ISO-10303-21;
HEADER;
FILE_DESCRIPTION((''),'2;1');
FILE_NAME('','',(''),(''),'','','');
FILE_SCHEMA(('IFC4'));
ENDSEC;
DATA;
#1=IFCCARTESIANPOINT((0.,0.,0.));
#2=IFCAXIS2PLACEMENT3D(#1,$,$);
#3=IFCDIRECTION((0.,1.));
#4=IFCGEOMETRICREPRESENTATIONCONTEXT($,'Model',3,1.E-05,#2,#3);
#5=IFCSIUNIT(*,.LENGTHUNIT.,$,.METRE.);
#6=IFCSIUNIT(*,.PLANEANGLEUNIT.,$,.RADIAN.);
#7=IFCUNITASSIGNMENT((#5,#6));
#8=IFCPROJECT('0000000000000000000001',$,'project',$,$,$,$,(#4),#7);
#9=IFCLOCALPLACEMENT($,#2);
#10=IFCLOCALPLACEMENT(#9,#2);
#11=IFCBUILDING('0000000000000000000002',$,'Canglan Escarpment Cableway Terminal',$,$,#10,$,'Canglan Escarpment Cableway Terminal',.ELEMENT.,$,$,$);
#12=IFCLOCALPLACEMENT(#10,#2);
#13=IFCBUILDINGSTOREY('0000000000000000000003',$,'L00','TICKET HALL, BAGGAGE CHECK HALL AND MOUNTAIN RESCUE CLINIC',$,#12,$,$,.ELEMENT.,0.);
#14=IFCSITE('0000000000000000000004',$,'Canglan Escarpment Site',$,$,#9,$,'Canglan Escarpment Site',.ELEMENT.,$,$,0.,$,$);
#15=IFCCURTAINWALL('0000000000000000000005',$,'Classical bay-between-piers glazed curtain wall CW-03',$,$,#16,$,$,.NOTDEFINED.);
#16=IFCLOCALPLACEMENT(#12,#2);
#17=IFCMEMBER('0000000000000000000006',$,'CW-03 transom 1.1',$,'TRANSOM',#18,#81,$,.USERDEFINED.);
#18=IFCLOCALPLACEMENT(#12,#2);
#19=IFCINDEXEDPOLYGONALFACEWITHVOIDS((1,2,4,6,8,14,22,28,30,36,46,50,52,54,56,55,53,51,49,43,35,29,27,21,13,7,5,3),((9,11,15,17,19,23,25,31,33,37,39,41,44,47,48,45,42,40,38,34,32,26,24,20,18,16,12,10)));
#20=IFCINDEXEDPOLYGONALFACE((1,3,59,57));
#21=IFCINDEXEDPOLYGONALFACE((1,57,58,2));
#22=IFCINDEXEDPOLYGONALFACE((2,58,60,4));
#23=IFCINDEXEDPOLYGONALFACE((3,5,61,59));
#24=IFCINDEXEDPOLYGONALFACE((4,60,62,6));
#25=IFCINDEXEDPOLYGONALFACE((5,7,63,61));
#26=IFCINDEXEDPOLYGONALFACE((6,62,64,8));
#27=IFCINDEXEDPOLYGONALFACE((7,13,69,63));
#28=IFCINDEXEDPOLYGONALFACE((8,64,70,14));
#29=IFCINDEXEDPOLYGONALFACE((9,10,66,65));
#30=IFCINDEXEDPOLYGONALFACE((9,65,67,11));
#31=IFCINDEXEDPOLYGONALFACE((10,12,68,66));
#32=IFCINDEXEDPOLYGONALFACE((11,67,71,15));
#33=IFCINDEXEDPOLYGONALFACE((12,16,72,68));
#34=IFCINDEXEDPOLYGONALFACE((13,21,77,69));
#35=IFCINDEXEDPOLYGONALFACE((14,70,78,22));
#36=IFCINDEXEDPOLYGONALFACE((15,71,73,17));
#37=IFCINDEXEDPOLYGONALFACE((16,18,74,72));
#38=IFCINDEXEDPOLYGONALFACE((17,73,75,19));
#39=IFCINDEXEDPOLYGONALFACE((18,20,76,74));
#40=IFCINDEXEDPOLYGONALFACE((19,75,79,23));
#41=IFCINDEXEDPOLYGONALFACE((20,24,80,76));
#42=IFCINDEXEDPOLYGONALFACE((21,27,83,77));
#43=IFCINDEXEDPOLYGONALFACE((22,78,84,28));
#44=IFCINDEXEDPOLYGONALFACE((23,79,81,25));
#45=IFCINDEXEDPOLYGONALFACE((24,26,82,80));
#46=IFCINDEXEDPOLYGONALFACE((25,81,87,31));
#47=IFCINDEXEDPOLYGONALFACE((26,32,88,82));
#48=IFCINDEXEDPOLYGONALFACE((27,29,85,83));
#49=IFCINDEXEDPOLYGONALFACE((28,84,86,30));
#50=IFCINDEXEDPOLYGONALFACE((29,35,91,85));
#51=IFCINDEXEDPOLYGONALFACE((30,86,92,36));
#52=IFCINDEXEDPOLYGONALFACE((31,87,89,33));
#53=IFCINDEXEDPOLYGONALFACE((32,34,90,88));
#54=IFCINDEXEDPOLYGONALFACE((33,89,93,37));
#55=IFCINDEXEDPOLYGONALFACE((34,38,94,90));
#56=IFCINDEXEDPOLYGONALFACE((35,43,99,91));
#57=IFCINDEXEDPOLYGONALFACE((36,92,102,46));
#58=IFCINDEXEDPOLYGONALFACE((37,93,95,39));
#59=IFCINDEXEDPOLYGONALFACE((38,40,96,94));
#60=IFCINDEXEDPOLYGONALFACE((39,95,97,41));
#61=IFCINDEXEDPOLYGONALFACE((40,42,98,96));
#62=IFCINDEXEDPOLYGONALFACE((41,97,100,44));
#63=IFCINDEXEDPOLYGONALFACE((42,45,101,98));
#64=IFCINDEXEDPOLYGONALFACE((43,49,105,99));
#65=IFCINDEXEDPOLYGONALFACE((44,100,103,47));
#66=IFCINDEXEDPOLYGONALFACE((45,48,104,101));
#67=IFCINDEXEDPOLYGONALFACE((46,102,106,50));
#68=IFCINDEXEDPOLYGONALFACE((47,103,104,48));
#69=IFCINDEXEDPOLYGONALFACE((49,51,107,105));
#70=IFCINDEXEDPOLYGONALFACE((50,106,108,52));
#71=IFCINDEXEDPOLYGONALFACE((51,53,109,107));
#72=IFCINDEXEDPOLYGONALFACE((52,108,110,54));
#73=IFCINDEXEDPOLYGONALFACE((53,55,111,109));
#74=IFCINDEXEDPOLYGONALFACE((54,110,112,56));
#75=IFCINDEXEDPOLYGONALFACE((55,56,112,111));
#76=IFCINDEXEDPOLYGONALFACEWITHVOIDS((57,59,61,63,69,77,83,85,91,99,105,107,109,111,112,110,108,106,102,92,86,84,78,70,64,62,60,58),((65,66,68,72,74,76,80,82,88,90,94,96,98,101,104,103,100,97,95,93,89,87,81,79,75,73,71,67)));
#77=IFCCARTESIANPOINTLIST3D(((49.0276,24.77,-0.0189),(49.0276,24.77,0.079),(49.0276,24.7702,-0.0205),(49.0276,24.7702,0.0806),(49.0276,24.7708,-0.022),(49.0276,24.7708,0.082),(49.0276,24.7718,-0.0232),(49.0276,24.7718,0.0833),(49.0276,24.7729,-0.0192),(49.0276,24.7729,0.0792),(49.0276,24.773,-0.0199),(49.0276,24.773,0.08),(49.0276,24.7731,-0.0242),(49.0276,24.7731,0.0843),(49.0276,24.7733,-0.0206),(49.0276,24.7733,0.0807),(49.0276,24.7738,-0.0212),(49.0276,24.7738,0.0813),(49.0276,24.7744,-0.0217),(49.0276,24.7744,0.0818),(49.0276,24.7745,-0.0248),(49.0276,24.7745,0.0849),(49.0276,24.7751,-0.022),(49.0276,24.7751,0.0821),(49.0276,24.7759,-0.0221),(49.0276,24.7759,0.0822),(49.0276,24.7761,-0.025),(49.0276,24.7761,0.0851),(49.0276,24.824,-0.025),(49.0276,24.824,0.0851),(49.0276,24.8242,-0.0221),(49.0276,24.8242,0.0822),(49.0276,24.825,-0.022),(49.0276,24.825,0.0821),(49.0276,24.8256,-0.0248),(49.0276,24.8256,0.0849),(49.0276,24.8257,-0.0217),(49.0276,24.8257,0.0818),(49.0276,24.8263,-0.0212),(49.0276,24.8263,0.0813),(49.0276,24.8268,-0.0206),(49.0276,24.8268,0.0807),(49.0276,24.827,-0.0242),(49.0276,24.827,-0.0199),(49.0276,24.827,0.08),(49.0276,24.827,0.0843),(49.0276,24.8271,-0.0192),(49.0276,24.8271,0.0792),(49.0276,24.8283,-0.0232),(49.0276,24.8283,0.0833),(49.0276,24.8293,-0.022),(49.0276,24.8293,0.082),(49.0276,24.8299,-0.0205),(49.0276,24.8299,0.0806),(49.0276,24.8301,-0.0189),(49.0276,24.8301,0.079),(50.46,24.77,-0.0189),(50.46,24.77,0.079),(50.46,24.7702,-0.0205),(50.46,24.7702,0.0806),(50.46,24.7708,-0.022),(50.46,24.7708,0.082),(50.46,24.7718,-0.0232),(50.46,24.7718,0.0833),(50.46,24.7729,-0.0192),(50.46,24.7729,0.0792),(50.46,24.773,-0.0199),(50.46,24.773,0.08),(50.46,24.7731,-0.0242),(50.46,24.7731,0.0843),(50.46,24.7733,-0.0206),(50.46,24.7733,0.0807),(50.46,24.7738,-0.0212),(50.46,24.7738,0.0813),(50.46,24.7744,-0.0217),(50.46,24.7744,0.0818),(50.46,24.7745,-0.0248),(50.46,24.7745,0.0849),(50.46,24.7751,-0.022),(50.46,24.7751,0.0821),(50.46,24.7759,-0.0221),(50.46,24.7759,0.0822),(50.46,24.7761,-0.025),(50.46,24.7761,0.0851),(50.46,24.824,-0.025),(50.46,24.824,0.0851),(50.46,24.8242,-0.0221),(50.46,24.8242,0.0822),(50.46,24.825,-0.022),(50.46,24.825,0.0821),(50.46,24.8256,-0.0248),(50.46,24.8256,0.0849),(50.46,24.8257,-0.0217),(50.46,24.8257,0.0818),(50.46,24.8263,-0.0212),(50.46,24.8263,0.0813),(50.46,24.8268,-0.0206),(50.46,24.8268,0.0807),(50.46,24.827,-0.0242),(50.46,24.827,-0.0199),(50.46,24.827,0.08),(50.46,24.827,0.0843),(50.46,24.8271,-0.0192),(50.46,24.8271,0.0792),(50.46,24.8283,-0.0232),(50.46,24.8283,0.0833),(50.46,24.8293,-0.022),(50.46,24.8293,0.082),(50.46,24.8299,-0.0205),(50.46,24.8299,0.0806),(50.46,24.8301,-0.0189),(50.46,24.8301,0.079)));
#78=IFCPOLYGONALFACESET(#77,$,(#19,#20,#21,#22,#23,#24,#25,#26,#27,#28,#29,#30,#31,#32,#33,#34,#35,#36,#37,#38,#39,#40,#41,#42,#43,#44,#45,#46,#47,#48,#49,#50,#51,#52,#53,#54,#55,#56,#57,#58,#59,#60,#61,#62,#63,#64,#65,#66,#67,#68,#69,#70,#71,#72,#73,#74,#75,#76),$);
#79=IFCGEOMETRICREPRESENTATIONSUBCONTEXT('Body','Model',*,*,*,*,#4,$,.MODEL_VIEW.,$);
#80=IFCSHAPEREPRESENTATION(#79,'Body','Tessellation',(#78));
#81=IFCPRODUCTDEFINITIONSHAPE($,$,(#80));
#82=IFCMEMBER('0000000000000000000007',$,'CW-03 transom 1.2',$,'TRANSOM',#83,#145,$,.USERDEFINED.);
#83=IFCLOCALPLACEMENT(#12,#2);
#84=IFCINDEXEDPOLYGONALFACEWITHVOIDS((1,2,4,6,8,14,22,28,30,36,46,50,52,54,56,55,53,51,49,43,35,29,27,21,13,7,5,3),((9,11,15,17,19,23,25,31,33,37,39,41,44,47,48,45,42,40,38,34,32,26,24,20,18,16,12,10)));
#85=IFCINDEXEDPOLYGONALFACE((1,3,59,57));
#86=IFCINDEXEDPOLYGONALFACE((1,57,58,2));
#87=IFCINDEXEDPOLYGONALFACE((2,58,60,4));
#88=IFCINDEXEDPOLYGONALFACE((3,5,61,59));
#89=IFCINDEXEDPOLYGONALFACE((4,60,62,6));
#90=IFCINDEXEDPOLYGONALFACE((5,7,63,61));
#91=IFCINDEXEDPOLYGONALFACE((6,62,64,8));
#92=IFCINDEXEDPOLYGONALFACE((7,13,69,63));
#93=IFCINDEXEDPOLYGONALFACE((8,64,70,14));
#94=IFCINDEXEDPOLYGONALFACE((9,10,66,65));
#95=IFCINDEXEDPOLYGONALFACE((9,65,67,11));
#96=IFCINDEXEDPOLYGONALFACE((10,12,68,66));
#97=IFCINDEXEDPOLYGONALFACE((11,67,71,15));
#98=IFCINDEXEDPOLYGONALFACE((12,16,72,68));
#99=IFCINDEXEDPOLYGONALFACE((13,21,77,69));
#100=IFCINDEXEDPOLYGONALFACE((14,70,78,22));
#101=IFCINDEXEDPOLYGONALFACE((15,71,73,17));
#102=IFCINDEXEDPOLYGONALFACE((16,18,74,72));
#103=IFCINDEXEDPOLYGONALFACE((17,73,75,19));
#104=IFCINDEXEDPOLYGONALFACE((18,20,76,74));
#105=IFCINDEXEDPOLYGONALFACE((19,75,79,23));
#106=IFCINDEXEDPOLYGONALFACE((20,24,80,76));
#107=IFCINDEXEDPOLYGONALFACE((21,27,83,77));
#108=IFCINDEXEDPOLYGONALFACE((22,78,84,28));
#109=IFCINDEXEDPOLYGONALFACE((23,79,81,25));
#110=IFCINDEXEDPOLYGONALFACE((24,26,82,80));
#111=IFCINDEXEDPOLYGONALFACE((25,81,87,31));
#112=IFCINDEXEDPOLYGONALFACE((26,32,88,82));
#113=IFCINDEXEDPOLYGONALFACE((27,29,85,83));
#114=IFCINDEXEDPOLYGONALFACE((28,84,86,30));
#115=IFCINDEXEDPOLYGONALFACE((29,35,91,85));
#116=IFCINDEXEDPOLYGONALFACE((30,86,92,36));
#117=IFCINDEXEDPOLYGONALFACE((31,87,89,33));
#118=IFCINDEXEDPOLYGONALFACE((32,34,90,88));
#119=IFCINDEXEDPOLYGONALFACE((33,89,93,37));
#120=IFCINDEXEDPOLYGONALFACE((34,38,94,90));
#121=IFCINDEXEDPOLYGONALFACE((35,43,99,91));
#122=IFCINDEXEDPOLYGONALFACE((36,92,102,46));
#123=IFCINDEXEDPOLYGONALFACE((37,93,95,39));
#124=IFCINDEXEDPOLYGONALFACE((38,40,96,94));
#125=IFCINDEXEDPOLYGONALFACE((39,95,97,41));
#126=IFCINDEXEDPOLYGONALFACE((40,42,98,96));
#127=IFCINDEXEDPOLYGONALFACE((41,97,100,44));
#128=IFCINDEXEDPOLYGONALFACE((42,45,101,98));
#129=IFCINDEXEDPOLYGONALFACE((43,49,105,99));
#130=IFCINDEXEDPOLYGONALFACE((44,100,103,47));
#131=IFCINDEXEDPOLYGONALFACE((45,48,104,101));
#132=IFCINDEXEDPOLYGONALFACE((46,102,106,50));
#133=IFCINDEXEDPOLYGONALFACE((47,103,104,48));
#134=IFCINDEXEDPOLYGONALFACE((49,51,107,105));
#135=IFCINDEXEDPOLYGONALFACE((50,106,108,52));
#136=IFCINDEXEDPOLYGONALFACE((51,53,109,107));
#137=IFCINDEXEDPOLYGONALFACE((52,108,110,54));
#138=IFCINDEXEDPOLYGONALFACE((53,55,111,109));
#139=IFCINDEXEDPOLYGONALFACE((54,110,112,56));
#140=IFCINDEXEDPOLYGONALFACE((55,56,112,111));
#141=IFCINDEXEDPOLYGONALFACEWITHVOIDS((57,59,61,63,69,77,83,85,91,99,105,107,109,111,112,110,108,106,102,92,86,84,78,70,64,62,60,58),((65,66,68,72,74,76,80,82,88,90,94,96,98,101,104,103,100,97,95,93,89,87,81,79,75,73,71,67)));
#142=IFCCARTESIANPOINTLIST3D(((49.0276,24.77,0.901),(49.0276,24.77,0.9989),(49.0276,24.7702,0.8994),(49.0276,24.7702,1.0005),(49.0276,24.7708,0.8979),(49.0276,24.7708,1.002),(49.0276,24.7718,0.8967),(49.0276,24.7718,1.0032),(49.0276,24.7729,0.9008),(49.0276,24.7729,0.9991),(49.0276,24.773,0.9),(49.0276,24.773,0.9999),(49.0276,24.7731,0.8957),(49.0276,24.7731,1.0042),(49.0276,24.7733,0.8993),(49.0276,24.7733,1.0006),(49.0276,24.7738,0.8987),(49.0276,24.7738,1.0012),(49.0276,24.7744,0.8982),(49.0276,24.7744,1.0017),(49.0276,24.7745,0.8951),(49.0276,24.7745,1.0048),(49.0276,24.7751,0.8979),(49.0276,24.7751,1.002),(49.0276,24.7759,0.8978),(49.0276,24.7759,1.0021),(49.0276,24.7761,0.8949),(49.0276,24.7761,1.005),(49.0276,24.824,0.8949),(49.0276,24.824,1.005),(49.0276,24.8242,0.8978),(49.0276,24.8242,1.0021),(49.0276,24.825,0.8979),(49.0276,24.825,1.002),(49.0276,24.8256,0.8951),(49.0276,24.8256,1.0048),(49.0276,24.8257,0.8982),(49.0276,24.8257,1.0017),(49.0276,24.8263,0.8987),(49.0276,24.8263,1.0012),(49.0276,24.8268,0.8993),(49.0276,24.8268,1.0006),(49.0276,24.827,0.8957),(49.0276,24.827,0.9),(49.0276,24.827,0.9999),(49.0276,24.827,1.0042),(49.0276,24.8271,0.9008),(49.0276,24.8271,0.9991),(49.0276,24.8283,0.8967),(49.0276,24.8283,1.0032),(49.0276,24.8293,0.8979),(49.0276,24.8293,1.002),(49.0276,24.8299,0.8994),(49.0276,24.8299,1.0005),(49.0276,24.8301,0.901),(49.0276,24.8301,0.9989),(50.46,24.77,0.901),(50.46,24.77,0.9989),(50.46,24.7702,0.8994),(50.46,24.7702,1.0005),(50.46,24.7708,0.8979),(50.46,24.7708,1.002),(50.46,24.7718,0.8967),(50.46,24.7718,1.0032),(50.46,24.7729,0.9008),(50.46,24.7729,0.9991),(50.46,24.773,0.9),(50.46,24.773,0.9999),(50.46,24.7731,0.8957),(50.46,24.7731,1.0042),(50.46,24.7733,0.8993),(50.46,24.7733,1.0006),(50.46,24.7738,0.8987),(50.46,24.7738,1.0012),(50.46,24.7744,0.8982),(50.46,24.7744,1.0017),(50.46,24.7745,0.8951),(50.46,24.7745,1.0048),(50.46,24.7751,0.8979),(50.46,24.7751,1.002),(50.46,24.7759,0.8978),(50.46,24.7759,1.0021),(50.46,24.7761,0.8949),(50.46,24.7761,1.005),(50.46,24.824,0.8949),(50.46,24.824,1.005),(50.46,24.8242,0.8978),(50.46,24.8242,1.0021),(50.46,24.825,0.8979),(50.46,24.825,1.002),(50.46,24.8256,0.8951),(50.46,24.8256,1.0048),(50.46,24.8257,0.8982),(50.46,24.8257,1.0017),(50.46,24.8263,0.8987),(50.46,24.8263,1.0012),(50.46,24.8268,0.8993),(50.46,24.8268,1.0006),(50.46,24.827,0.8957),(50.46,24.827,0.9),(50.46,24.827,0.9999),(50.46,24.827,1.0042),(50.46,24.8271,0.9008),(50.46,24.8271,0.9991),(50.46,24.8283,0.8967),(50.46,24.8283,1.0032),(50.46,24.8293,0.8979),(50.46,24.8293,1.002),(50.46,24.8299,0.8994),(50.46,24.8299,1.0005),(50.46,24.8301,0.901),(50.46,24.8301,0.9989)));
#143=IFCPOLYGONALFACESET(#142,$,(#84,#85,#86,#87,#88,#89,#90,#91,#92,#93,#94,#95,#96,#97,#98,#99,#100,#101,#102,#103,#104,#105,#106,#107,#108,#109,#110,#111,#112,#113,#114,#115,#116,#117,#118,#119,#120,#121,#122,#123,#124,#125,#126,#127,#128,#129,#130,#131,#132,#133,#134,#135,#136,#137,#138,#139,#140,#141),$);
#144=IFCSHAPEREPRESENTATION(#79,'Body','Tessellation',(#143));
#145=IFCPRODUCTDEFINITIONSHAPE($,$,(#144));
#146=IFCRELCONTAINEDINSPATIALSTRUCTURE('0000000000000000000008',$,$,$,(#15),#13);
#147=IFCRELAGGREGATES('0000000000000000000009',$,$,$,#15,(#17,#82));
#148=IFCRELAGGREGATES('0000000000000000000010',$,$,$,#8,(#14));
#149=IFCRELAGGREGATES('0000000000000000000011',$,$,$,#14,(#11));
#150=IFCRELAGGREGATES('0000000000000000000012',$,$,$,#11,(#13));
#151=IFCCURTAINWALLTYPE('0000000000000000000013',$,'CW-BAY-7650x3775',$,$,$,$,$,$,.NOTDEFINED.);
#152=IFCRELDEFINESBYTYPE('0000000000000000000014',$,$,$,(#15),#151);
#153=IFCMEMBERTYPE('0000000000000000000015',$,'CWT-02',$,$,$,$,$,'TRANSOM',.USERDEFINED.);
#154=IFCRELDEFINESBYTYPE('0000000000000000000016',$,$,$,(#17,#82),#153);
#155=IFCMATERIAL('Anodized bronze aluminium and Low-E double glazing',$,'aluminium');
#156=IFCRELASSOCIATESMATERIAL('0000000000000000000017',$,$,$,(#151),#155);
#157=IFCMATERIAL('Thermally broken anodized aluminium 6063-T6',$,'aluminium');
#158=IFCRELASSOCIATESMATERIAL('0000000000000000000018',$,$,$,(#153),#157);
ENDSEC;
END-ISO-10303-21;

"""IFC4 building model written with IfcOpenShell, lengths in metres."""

from ifc_helpers import new_model, si_unit, direction, frame, origin, origin_2d, place, context, subcontext, project, spatial, hollow_rectangle, extrude, material, material_profile, profile_set, type_object, element, aggregate, save


model = new_model("IFC4")

# Units and contexts
model_context = context("Model", 3, precision=1e-05, world=origin(), true_north=direction((0.0, 1.0)))
body_context = subcontext(model_context, "Body", "Model", "MODEL_VIEW")
ifc_project = project(units=[si_unit("LENGTHUNIT", "METRE"), si_unit("PLANEANGLEUNIT", "RADIAN")], contexts=[model_context])

# Site, building, storey
site_placement = place(None, origin())
site = spatial("IfcSite", under=ifc_project, at=site_placement, Name="Canglan Escarpment Site", LongName="Canglan Escarpment Site", CompositionType="ELEMENT", RefElevation=0.0)
building_placement = place(site_placement, origin())
building = spatial("IfcBuilding", under=site, at=building_placement, Name="Canglan Escarpment Cableway Terminal", LongName="Canglan Escarpment Cableway Terminal", CompositionType="ELEMENT")
storey_placement = place(building_placement, origin())
storey = spatial("IfcBuildingStorey", under=building, at=storey_placement, Name="L00", Description="TICKET HALL, BAGGAGE CHECK HALL AND MOUNTAIN RESCUE CLINIC", CompositionType="ELEMENT", Elevation=0.0)

# Curtain wall
ifc_material_1 = material(Name="Anodized bronze aluminium and Low-E double glazing", Category="aluminium")
curtain_wall_type = type_object("IfcCurtainWallType", Name="CW-BAY-7650x3775", PredefinedType="NOTDEFINED", material=ifc_material_1)
curtain_wall_1_placement = place(storey_placement, origin())
curtain_wall_1 = element("IfcCurtainWall", 1, at=curtain_wall_1_placement, inside=storey, type_object=curtain_wall_type, Name="Classical bay-between-piers glazed curtain wall CW-03", PredefinedType="NOTDEFINED")
ifc_material_2 = material(Name="Thermally broken anodized aluminium 6063-T6", Category="aluminium")

# Members
ifc_material_profile_1 = material_profile(ifc_material_2, hollow_rectangle(XDim=0.0601, YDim=0.1101, WallThickness=0.0029, InnerFilletRadius=0.0029, OuterFilletRadius=0.0061, at=origin_2d()), Name="ALU-TRAN 60x110x3")
ifc_profile_set_1 = profile_set([ifc_material_profile_1], Name="Thermally broken anodized aluminium 6063-T6")
member_type_1 = type_object("IfcMemberType", Name="CWT-02", ElementType="TRANSOM", PredefinedType="USERDEFINED", material=ifc_profile_set_1)
member_1_placement = place(storey_placement, frame((50.46, 24.8, 0.03), z_axis=(-1.0, 0.0, 0.0), x_axis=(0.0, -1.0, 0.0)))
member_1 = element("IfcMember", 2, at=member_1_placement, type_object=member_type_1, Name="CW-03 transom 1.1", ObjectType="TRANSOM", PredefinedType="USERDEFINED", context=body_context, shape_type="SweptSolid", body=[
    extrude(hollow_rectangle(XDim=0.0601, YDim=0.1101, WallThickness=0.0029, InnerFilletRadius=0.0029, OuterFilletRadius=0.0061, at=origin_2d()), origin(), (0.0, 0.0, 1.0), 1.4324),
])
member_2_placement = place(storey_placement, frame((50.46, 24.8, 0.95), z_axis=(-1.0, 0.0, 0.0), x_axis=(0.0, -1.0, 0.0)))
member_2 = element("IfcMember", 3, at=member_2_placement, type_object=member_type_1, Name="CW-03 transom 1.2", ObjectType="TRANSOM", PredefinedType="USERDEFINED", context=body_context, shape_type="SweptSolid", body=[
    extrude(hollow_rectangle(XDim=0.0601, YDim=0.1101, WallThickness=0.0029, InnerFilletRadius=0.0029, OuterFilletRadius=0.0061, at=origin_2d()), origin(), (0.0, 0.0, 1.0), 1.4324),
])

aggregate(curtain_wall_1, [member_1, member_2])

save(model, "model.ifc")
